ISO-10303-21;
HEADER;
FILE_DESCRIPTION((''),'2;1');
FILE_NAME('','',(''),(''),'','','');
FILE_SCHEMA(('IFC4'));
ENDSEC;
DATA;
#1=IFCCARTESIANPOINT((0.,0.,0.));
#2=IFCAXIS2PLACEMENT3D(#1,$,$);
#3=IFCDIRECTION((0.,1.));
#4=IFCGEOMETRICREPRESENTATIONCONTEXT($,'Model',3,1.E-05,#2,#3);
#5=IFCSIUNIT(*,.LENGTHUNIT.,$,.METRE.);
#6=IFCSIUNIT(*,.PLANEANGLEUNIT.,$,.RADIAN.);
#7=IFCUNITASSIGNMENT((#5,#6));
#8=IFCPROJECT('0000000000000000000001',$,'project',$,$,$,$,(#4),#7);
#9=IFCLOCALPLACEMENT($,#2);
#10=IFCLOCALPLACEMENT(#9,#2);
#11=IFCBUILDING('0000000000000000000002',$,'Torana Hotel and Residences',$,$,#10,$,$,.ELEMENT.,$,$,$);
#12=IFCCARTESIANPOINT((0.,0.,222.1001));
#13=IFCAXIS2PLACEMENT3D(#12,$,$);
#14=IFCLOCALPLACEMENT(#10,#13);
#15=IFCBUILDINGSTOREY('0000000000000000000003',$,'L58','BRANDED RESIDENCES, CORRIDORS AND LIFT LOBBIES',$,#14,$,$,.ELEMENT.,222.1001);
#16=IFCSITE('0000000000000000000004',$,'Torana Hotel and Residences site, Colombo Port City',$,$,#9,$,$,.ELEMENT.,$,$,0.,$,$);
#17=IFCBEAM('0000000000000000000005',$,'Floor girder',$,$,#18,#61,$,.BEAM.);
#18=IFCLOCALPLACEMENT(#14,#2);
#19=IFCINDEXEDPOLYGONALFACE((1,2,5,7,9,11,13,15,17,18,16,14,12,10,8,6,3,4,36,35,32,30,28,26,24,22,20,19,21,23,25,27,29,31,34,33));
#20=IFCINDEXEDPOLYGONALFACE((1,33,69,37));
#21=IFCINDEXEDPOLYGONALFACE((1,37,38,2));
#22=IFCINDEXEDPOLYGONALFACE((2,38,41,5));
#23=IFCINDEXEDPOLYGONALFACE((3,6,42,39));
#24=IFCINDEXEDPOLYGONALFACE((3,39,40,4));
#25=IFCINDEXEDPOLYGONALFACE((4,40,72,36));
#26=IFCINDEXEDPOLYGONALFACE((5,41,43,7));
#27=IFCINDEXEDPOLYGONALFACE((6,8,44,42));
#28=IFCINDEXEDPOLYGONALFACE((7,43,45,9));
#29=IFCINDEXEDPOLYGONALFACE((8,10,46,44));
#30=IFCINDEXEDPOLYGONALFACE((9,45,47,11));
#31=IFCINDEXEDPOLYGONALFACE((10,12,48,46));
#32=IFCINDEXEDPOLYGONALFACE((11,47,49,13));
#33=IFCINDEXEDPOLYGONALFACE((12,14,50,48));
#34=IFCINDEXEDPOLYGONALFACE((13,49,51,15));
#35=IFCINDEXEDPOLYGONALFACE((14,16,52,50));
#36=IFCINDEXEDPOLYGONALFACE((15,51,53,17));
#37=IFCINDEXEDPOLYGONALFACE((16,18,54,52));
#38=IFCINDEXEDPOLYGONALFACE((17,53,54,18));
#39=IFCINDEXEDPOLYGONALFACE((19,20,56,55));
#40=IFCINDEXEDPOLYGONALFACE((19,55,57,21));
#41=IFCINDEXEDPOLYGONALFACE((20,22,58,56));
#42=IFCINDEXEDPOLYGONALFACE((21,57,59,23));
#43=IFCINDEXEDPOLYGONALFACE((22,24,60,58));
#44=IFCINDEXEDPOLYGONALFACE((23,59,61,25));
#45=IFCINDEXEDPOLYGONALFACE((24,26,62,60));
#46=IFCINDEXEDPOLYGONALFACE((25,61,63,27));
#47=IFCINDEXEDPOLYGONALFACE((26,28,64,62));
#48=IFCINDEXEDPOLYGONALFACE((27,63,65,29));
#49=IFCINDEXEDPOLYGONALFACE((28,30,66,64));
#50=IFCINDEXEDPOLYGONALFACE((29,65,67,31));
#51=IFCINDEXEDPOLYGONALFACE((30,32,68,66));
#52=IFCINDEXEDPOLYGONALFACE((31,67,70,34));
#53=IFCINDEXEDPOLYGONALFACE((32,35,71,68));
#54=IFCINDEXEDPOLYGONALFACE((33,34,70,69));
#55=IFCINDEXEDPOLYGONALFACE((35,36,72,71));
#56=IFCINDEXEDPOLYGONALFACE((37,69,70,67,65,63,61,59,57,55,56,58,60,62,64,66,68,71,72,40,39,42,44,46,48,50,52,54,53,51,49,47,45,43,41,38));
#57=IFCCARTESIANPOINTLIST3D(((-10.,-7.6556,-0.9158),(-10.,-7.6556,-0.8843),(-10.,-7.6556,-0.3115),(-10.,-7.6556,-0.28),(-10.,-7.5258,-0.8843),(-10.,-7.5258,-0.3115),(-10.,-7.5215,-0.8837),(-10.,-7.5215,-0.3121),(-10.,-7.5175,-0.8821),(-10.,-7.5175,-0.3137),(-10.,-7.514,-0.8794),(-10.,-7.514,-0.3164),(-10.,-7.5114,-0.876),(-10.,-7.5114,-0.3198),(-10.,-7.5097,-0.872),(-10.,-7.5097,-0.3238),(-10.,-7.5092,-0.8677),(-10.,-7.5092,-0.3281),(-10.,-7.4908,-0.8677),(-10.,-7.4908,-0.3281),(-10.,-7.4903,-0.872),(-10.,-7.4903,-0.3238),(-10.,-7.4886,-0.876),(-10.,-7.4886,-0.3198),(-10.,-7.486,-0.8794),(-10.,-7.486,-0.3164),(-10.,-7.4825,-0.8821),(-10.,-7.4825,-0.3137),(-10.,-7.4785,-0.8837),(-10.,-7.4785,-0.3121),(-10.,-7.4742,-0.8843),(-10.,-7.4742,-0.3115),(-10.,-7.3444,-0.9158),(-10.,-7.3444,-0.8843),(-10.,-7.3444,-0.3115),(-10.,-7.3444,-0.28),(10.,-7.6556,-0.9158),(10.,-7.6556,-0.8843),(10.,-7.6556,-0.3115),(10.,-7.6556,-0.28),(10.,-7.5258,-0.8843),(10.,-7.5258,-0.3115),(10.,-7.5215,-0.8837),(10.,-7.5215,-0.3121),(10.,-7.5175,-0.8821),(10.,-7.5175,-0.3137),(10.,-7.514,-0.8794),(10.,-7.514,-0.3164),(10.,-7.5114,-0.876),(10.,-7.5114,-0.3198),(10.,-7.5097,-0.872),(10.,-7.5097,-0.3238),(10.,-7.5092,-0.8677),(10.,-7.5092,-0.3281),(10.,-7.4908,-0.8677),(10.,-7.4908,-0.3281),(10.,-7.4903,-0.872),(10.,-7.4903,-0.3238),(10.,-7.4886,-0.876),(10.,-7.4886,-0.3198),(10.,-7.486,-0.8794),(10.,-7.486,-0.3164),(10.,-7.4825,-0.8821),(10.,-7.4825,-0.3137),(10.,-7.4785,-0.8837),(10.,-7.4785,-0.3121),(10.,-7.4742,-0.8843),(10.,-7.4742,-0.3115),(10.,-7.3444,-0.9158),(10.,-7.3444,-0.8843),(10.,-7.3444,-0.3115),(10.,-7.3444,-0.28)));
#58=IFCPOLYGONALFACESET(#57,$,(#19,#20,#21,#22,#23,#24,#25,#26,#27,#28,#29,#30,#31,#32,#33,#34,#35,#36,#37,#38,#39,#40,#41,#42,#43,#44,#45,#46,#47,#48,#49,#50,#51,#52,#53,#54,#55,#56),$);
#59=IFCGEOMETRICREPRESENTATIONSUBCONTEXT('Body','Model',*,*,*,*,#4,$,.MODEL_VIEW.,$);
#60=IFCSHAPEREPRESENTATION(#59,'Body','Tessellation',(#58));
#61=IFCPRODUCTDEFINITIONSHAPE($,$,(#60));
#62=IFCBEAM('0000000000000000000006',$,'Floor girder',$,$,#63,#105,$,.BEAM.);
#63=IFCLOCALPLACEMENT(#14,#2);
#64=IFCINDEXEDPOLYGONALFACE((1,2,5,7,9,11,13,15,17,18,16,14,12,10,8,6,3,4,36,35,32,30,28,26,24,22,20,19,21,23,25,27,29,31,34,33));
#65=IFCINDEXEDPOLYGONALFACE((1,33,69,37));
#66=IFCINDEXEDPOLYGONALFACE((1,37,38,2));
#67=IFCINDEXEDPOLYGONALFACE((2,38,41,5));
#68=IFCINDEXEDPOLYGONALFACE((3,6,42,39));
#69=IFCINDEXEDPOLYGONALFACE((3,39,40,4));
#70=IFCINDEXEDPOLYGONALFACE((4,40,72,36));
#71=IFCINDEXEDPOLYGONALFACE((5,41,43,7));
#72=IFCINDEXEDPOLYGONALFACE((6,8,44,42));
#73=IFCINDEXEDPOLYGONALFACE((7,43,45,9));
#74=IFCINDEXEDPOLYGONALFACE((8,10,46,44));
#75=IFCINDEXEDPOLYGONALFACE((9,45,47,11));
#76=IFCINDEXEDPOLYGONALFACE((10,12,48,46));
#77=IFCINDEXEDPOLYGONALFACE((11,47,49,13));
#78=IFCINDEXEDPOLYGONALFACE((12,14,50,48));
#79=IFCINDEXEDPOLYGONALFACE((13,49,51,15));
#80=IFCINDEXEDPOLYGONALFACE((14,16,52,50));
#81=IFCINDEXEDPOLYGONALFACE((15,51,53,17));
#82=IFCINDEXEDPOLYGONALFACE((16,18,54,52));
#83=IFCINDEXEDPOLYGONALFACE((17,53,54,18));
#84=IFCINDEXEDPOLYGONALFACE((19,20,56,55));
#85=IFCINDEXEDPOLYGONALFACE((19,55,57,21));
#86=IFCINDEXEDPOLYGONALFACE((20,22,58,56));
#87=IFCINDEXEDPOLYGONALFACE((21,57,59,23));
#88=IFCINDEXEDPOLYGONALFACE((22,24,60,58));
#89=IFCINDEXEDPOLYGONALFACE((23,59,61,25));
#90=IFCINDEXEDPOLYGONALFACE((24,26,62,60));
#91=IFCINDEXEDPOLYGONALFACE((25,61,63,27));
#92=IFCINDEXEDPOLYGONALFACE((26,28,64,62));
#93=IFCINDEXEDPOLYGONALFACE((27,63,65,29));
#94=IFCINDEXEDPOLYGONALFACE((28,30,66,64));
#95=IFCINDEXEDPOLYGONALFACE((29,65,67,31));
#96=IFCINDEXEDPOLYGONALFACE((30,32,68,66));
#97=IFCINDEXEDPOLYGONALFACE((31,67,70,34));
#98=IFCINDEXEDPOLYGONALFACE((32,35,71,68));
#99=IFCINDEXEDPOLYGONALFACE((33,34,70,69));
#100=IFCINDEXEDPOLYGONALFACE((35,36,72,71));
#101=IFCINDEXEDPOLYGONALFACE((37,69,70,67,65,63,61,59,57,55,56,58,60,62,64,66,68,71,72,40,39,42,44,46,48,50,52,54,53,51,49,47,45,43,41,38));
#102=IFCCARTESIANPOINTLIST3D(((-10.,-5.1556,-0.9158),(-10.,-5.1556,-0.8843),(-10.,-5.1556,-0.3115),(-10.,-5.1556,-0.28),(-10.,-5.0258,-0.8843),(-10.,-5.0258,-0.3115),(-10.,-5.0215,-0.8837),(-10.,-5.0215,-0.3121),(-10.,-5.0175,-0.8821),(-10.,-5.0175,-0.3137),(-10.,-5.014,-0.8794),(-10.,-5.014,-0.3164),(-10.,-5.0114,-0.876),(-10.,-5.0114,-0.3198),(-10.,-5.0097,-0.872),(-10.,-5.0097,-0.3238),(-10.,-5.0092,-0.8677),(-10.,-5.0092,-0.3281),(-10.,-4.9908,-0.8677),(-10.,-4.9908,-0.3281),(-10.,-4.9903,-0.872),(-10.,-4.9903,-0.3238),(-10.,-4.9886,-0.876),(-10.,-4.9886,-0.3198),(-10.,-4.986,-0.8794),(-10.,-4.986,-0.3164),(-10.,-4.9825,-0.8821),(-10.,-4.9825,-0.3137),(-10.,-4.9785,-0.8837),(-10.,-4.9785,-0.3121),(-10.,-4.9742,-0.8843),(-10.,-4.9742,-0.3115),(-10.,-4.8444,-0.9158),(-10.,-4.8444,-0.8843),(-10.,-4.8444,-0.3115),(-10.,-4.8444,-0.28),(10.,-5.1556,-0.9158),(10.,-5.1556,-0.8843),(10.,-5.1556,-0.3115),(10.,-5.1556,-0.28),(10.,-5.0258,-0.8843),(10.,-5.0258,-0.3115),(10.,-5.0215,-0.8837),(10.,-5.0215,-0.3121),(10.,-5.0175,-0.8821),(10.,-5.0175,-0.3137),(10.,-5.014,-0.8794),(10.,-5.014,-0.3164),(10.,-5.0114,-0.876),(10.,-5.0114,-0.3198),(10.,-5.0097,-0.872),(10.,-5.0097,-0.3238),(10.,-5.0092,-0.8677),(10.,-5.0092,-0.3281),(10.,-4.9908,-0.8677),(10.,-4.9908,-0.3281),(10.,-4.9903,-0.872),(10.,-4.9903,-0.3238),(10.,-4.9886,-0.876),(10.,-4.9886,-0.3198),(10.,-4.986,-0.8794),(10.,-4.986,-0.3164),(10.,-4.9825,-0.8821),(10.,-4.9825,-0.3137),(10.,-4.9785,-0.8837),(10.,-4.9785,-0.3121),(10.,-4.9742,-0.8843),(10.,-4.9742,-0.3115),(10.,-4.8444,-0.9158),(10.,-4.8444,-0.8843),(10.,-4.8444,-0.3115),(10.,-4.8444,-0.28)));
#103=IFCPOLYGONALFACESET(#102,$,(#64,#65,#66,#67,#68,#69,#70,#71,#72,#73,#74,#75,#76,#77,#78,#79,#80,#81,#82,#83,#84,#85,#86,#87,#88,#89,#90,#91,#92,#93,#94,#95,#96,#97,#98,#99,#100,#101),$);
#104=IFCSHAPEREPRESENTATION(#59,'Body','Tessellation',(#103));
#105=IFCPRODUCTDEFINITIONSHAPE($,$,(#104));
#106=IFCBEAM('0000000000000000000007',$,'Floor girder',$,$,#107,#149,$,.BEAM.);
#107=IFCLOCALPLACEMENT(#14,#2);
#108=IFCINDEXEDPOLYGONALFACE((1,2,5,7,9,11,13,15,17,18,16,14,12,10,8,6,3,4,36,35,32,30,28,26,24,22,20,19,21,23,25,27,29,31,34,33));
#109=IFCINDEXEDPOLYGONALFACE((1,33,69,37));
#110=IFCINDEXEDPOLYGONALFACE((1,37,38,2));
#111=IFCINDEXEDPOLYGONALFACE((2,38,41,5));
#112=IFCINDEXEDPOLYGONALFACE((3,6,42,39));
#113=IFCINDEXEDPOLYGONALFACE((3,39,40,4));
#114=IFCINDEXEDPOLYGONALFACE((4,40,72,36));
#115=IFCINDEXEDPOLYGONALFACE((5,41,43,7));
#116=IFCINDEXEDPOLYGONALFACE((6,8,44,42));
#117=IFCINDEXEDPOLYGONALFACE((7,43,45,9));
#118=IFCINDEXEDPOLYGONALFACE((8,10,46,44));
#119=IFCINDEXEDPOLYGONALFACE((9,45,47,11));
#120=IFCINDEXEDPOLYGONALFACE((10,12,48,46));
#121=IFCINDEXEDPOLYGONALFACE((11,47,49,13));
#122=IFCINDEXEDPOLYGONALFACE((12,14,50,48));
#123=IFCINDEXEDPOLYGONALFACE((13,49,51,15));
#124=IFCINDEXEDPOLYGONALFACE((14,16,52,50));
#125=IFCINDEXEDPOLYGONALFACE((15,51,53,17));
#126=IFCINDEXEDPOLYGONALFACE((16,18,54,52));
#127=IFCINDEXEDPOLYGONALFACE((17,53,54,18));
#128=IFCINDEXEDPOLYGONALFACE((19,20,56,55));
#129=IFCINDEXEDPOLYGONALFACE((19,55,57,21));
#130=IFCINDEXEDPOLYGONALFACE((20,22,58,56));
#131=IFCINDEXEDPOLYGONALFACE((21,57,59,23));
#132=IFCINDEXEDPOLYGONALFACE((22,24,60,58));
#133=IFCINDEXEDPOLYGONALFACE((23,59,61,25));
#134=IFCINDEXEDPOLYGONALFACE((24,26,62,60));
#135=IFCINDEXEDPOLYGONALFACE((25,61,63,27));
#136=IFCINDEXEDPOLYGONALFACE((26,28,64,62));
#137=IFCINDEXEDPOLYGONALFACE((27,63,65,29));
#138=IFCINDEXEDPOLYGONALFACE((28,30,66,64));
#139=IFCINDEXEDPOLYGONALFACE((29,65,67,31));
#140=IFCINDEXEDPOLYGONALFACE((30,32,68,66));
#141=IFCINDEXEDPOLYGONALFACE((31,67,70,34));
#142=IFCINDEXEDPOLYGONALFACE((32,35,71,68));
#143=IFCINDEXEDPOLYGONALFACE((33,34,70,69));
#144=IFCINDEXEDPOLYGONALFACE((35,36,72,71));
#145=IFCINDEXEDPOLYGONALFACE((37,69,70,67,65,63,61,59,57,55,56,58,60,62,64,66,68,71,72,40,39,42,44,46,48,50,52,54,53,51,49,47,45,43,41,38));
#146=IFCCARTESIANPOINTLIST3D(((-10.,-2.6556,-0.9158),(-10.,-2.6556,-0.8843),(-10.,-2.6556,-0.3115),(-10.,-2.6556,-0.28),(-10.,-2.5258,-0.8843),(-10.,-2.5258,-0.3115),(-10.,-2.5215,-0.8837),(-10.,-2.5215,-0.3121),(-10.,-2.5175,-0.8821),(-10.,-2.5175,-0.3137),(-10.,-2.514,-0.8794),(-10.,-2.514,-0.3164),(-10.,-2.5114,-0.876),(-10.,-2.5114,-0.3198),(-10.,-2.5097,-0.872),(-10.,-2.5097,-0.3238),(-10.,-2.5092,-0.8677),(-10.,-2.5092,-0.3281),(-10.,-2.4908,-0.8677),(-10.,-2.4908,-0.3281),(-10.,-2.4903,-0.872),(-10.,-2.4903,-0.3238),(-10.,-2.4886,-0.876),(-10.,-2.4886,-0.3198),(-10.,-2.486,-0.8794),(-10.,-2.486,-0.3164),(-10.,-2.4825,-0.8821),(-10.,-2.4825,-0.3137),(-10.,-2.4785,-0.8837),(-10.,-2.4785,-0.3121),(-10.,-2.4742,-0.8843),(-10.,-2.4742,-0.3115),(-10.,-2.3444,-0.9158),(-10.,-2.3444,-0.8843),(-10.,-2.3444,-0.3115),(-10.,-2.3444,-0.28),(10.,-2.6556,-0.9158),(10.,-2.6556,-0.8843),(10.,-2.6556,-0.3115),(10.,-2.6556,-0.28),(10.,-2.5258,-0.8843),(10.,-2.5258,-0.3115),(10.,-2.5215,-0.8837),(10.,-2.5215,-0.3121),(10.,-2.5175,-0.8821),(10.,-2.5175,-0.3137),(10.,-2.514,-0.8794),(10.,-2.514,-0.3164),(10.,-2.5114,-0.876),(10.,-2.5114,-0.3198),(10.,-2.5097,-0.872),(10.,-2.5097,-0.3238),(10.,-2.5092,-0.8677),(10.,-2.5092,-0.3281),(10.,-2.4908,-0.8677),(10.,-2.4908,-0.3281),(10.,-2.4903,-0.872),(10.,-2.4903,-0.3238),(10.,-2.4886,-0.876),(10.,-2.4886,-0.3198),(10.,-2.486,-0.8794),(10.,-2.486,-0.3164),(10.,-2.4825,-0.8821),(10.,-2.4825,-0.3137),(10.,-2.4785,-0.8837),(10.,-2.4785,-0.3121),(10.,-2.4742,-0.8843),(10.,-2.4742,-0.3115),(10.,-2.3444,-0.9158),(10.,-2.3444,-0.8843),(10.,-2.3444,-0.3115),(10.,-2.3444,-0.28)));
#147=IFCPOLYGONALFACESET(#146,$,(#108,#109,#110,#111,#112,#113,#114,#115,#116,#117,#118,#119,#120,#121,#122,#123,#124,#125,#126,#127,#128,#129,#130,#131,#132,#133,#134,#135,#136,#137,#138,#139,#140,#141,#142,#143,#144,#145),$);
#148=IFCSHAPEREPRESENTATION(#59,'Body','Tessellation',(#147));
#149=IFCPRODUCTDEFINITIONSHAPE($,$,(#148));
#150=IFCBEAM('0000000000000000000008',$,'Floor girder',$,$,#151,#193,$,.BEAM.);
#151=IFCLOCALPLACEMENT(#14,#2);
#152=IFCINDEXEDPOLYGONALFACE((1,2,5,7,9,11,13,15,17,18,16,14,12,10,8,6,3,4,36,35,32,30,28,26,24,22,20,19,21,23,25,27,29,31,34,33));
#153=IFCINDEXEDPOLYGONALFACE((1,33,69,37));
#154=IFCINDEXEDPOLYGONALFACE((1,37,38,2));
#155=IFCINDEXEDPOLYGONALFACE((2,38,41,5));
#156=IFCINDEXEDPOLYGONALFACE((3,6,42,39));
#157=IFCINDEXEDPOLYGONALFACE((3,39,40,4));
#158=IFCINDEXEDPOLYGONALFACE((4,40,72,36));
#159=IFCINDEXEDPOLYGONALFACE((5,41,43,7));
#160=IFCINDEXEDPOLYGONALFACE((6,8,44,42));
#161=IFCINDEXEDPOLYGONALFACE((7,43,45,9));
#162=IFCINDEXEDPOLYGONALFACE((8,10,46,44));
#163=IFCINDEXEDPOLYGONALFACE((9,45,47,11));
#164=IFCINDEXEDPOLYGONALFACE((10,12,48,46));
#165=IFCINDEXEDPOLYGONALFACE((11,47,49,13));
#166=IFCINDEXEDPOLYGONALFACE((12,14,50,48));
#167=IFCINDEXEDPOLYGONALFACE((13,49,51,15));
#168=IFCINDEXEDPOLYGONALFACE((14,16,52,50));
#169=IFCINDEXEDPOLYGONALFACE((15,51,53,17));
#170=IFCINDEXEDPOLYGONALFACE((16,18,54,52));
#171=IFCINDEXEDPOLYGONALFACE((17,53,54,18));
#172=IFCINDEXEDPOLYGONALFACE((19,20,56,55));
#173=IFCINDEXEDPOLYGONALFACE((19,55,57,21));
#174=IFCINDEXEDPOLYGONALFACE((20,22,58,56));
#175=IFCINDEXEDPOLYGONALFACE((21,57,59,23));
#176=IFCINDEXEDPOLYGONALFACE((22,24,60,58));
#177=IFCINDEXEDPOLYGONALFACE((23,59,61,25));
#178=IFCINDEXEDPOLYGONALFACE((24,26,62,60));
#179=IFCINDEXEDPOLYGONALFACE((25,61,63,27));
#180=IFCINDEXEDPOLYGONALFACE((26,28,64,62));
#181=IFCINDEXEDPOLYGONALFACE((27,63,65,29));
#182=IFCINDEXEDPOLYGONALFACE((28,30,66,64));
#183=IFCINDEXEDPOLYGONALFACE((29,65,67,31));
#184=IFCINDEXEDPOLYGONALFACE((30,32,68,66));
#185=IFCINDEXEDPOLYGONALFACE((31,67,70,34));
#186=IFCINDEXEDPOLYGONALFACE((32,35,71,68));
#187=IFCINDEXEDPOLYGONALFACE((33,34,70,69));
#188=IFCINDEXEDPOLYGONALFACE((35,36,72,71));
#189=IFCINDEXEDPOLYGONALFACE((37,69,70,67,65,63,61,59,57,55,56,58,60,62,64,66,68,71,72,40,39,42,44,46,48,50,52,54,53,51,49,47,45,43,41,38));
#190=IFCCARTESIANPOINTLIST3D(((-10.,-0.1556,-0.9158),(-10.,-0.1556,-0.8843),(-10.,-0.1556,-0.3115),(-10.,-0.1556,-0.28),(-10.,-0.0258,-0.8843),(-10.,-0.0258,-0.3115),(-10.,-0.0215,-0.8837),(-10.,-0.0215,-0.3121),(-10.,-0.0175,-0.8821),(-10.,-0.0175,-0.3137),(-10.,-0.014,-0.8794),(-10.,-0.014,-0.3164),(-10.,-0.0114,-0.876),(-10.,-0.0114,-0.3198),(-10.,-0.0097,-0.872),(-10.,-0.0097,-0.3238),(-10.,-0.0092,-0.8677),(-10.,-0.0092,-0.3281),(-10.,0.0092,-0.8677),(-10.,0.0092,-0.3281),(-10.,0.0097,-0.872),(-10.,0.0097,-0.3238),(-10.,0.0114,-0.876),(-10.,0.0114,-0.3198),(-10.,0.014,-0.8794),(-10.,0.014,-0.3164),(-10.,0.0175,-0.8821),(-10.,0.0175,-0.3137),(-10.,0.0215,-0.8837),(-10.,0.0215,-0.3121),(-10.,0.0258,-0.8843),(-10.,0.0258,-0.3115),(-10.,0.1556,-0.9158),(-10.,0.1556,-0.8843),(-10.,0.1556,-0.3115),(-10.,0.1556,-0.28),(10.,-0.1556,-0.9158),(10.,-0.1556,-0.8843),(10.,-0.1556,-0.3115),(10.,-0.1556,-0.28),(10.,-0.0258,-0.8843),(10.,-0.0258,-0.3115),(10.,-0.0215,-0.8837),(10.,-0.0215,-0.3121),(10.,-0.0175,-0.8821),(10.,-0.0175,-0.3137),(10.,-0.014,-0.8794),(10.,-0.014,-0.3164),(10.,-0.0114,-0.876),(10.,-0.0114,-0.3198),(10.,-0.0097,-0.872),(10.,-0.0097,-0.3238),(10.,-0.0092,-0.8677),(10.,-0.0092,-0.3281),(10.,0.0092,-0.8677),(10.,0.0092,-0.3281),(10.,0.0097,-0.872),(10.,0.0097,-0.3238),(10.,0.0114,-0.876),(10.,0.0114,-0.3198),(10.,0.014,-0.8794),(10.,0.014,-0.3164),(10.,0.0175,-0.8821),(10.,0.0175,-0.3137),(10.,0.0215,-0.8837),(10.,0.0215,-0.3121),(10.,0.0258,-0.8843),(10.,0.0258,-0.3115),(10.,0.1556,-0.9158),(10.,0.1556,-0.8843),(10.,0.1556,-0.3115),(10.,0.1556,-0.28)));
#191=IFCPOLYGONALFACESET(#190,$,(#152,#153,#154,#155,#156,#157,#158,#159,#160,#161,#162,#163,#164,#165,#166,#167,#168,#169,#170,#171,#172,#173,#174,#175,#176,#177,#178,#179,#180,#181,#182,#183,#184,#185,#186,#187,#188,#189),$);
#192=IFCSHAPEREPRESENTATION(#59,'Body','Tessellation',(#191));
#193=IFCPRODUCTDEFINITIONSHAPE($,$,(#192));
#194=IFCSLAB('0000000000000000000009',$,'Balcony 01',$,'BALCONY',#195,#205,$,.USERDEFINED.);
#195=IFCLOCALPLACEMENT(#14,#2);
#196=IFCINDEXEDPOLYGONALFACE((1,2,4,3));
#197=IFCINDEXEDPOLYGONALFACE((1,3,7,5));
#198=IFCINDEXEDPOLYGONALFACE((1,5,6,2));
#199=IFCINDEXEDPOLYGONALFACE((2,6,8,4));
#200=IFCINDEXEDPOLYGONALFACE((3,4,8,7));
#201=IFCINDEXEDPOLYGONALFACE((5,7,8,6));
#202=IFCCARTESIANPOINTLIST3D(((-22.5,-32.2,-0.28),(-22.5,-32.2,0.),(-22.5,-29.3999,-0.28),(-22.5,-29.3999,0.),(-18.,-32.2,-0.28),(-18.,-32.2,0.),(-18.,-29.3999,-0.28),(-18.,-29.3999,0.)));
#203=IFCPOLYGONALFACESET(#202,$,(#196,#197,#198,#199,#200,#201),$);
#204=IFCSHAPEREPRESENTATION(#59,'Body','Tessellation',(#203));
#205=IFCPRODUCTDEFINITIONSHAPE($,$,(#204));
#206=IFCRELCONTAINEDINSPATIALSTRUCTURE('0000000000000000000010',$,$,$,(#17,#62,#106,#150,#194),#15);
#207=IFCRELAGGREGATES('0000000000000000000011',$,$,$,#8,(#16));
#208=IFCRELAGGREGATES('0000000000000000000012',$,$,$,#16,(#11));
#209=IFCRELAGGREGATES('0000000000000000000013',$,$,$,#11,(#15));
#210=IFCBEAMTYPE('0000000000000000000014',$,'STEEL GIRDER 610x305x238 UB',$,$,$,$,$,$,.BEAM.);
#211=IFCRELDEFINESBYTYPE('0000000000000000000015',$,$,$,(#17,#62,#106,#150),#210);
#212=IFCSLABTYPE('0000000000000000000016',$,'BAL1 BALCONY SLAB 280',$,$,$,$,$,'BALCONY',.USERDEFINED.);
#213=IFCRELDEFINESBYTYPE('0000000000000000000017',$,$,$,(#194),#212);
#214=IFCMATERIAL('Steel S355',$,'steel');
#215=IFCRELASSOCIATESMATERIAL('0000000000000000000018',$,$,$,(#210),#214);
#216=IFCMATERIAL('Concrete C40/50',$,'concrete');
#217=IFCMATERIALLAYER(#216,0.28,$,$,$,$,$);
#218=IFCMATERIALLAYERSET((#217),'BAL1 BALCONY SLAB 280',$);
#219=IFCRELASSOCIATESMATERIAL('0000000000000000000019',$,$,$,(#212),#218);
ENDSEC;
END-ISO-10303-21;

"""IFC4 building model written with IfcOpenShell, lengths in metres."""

from ifc_helpers import new_model, si_unit, direction, frame, origin, origin_2d, place, context, subcontext, project, spatial, polyline, i_section, outline, extrude, material, layer, layer_set, material_profile, profile_set, type_object, element, save


model = new_model("IFC4")

# Units and contexts
model_context = context("Model", 3, precision=1e-05, world=origin(), true_north=direction((0.0, 1.0)))
body_context = subcontext(model_context, "Body", "Model", "MODEL_VIEW")
ifc_project = project(units=[si_unit("LENGTHUNIT", "METRE"), si_unit("PLANEANGLEUNIT", "RADIAN")], contexts=[model_context])

# Site, building, storey
site_placement = place(None, origin())
site = spatial("IfcSite", under=ifc_project, at=site_placement, Name="Torana Hotel and Residences site, Colombo Port City", CompositionType="ELEMENT", RefElevation=0.0)
building_placement = place(site_placement, origin())
building = spatial("IfcBuilding", under=site, at=building_placement, Name="Torana Hotel and Residences", CompositionType="ELEMENT")
storey_placement = place(building_placement, frame((0.0, 0.0, 222.1001)))
storey = spatial("IfcBuildingStorey", under=building, at=storey_placement, Name="L58", Description="BRANDED RESIDENCES, CORRIDORS AND LIFT LOBBIES", CompositionType="ELEMENT", Elevation=222.1001)

# Beams
ifc_material_1 = material(Name="Steel S355", Category="steel")
ifc_material_profile = material_profile(ifc_material_1, i_section(OverallWidth=0.3113, OverallDepth=0.6357, WebThickness=0.0183, FlangeThickness=0.0315, FilletRadius=0.0166, at=origin_2d()), Name="610x305x238 UB")
ifc_profile_set = profile_set([ifc_material_profile], Name="Steel S355")
beam_type = type_object("IfcBeamType", Name="STEEL GIRDER 610x305x238 UB", PredefinedType="BEAM", material=ifc_profile_set)
for number, where, z_axis, x_axis, name in (
    (1, (-10.0, -7.5, -0.5979), (1.0, 0.0, 0.0), (0.0, 1.0, 0.0), "Floor girder"),
    (2, (-10.0, -5.0, -0.5979), (1.0, 0.0, 0.0), (0.0, 1.0, 0.0), "Floor girder"),
    (3, (-10.0, -2.5, -0.5979), (1.0, 0.0, 0.0), (0.0, 1.0, 0.0), "Floor girder"),
    (4, (-10.0, 0.0, -0.5979), (1.0, 0.0, 0.0), (0.0, 1.0, 0.0), "Floor girder"),
):
    element("IfcBeam", number, at=place(storey_placement, frame(where, z_axis=z_axis, x_axis=x_axis)), inside=storey, type_object=beam_type, Name=name, PredefinedType="BEAM", context=body_context, shape_type="SweptSolid", body=[
        extrude(i_section(OverallWidth=0.3113, OverallDepth=0.6357, WebThickness=0.0183, FlangeThickness=0.0315, FilletRadius=0.0166, at=origin_2d()), origin(), (0.0, 0.0, 1.0), 20.0),
    ])

# Slab
ifc_material_2 = material(Name="Concrete C40/50", Category="concrete")
ifc_layer_1 = layer(ifc_material_2, 0.28)
ifc_layer_set_1 = layer_set([ifc_layer_1], Name="BAL1 BALCONY SLAB 280")
slab_type_1 = type_object("IfcSlabType", Name="BAL1 BALCONY SLAB 280", ElementType="BALCONY", PredefinedType="USERDEFINED", material=ifc_layer_set_1)
slab_1_placement = place(storey_placement, frame((0.0, 0.0, -0.28)))
element("IfcSlab", 5, at=slab_1_placement, inside=storey, type_object=slab_type_1, Name="Balcony 01", ObjectType="BALCONY", PredefinedType="USERDEFINED", context=body_context, shape_type="SweptSolid", body=[
    extrude(outline(polyline([(-22.5, -32.2), (-18.0, -32.2), (-18.0, -29.3999), (-22.5, -29.3999), (-22.5, -32.2)])), origin(), (0.0, 0.0, 1.0), 0.28),
])

save(model, "model.ifc")
